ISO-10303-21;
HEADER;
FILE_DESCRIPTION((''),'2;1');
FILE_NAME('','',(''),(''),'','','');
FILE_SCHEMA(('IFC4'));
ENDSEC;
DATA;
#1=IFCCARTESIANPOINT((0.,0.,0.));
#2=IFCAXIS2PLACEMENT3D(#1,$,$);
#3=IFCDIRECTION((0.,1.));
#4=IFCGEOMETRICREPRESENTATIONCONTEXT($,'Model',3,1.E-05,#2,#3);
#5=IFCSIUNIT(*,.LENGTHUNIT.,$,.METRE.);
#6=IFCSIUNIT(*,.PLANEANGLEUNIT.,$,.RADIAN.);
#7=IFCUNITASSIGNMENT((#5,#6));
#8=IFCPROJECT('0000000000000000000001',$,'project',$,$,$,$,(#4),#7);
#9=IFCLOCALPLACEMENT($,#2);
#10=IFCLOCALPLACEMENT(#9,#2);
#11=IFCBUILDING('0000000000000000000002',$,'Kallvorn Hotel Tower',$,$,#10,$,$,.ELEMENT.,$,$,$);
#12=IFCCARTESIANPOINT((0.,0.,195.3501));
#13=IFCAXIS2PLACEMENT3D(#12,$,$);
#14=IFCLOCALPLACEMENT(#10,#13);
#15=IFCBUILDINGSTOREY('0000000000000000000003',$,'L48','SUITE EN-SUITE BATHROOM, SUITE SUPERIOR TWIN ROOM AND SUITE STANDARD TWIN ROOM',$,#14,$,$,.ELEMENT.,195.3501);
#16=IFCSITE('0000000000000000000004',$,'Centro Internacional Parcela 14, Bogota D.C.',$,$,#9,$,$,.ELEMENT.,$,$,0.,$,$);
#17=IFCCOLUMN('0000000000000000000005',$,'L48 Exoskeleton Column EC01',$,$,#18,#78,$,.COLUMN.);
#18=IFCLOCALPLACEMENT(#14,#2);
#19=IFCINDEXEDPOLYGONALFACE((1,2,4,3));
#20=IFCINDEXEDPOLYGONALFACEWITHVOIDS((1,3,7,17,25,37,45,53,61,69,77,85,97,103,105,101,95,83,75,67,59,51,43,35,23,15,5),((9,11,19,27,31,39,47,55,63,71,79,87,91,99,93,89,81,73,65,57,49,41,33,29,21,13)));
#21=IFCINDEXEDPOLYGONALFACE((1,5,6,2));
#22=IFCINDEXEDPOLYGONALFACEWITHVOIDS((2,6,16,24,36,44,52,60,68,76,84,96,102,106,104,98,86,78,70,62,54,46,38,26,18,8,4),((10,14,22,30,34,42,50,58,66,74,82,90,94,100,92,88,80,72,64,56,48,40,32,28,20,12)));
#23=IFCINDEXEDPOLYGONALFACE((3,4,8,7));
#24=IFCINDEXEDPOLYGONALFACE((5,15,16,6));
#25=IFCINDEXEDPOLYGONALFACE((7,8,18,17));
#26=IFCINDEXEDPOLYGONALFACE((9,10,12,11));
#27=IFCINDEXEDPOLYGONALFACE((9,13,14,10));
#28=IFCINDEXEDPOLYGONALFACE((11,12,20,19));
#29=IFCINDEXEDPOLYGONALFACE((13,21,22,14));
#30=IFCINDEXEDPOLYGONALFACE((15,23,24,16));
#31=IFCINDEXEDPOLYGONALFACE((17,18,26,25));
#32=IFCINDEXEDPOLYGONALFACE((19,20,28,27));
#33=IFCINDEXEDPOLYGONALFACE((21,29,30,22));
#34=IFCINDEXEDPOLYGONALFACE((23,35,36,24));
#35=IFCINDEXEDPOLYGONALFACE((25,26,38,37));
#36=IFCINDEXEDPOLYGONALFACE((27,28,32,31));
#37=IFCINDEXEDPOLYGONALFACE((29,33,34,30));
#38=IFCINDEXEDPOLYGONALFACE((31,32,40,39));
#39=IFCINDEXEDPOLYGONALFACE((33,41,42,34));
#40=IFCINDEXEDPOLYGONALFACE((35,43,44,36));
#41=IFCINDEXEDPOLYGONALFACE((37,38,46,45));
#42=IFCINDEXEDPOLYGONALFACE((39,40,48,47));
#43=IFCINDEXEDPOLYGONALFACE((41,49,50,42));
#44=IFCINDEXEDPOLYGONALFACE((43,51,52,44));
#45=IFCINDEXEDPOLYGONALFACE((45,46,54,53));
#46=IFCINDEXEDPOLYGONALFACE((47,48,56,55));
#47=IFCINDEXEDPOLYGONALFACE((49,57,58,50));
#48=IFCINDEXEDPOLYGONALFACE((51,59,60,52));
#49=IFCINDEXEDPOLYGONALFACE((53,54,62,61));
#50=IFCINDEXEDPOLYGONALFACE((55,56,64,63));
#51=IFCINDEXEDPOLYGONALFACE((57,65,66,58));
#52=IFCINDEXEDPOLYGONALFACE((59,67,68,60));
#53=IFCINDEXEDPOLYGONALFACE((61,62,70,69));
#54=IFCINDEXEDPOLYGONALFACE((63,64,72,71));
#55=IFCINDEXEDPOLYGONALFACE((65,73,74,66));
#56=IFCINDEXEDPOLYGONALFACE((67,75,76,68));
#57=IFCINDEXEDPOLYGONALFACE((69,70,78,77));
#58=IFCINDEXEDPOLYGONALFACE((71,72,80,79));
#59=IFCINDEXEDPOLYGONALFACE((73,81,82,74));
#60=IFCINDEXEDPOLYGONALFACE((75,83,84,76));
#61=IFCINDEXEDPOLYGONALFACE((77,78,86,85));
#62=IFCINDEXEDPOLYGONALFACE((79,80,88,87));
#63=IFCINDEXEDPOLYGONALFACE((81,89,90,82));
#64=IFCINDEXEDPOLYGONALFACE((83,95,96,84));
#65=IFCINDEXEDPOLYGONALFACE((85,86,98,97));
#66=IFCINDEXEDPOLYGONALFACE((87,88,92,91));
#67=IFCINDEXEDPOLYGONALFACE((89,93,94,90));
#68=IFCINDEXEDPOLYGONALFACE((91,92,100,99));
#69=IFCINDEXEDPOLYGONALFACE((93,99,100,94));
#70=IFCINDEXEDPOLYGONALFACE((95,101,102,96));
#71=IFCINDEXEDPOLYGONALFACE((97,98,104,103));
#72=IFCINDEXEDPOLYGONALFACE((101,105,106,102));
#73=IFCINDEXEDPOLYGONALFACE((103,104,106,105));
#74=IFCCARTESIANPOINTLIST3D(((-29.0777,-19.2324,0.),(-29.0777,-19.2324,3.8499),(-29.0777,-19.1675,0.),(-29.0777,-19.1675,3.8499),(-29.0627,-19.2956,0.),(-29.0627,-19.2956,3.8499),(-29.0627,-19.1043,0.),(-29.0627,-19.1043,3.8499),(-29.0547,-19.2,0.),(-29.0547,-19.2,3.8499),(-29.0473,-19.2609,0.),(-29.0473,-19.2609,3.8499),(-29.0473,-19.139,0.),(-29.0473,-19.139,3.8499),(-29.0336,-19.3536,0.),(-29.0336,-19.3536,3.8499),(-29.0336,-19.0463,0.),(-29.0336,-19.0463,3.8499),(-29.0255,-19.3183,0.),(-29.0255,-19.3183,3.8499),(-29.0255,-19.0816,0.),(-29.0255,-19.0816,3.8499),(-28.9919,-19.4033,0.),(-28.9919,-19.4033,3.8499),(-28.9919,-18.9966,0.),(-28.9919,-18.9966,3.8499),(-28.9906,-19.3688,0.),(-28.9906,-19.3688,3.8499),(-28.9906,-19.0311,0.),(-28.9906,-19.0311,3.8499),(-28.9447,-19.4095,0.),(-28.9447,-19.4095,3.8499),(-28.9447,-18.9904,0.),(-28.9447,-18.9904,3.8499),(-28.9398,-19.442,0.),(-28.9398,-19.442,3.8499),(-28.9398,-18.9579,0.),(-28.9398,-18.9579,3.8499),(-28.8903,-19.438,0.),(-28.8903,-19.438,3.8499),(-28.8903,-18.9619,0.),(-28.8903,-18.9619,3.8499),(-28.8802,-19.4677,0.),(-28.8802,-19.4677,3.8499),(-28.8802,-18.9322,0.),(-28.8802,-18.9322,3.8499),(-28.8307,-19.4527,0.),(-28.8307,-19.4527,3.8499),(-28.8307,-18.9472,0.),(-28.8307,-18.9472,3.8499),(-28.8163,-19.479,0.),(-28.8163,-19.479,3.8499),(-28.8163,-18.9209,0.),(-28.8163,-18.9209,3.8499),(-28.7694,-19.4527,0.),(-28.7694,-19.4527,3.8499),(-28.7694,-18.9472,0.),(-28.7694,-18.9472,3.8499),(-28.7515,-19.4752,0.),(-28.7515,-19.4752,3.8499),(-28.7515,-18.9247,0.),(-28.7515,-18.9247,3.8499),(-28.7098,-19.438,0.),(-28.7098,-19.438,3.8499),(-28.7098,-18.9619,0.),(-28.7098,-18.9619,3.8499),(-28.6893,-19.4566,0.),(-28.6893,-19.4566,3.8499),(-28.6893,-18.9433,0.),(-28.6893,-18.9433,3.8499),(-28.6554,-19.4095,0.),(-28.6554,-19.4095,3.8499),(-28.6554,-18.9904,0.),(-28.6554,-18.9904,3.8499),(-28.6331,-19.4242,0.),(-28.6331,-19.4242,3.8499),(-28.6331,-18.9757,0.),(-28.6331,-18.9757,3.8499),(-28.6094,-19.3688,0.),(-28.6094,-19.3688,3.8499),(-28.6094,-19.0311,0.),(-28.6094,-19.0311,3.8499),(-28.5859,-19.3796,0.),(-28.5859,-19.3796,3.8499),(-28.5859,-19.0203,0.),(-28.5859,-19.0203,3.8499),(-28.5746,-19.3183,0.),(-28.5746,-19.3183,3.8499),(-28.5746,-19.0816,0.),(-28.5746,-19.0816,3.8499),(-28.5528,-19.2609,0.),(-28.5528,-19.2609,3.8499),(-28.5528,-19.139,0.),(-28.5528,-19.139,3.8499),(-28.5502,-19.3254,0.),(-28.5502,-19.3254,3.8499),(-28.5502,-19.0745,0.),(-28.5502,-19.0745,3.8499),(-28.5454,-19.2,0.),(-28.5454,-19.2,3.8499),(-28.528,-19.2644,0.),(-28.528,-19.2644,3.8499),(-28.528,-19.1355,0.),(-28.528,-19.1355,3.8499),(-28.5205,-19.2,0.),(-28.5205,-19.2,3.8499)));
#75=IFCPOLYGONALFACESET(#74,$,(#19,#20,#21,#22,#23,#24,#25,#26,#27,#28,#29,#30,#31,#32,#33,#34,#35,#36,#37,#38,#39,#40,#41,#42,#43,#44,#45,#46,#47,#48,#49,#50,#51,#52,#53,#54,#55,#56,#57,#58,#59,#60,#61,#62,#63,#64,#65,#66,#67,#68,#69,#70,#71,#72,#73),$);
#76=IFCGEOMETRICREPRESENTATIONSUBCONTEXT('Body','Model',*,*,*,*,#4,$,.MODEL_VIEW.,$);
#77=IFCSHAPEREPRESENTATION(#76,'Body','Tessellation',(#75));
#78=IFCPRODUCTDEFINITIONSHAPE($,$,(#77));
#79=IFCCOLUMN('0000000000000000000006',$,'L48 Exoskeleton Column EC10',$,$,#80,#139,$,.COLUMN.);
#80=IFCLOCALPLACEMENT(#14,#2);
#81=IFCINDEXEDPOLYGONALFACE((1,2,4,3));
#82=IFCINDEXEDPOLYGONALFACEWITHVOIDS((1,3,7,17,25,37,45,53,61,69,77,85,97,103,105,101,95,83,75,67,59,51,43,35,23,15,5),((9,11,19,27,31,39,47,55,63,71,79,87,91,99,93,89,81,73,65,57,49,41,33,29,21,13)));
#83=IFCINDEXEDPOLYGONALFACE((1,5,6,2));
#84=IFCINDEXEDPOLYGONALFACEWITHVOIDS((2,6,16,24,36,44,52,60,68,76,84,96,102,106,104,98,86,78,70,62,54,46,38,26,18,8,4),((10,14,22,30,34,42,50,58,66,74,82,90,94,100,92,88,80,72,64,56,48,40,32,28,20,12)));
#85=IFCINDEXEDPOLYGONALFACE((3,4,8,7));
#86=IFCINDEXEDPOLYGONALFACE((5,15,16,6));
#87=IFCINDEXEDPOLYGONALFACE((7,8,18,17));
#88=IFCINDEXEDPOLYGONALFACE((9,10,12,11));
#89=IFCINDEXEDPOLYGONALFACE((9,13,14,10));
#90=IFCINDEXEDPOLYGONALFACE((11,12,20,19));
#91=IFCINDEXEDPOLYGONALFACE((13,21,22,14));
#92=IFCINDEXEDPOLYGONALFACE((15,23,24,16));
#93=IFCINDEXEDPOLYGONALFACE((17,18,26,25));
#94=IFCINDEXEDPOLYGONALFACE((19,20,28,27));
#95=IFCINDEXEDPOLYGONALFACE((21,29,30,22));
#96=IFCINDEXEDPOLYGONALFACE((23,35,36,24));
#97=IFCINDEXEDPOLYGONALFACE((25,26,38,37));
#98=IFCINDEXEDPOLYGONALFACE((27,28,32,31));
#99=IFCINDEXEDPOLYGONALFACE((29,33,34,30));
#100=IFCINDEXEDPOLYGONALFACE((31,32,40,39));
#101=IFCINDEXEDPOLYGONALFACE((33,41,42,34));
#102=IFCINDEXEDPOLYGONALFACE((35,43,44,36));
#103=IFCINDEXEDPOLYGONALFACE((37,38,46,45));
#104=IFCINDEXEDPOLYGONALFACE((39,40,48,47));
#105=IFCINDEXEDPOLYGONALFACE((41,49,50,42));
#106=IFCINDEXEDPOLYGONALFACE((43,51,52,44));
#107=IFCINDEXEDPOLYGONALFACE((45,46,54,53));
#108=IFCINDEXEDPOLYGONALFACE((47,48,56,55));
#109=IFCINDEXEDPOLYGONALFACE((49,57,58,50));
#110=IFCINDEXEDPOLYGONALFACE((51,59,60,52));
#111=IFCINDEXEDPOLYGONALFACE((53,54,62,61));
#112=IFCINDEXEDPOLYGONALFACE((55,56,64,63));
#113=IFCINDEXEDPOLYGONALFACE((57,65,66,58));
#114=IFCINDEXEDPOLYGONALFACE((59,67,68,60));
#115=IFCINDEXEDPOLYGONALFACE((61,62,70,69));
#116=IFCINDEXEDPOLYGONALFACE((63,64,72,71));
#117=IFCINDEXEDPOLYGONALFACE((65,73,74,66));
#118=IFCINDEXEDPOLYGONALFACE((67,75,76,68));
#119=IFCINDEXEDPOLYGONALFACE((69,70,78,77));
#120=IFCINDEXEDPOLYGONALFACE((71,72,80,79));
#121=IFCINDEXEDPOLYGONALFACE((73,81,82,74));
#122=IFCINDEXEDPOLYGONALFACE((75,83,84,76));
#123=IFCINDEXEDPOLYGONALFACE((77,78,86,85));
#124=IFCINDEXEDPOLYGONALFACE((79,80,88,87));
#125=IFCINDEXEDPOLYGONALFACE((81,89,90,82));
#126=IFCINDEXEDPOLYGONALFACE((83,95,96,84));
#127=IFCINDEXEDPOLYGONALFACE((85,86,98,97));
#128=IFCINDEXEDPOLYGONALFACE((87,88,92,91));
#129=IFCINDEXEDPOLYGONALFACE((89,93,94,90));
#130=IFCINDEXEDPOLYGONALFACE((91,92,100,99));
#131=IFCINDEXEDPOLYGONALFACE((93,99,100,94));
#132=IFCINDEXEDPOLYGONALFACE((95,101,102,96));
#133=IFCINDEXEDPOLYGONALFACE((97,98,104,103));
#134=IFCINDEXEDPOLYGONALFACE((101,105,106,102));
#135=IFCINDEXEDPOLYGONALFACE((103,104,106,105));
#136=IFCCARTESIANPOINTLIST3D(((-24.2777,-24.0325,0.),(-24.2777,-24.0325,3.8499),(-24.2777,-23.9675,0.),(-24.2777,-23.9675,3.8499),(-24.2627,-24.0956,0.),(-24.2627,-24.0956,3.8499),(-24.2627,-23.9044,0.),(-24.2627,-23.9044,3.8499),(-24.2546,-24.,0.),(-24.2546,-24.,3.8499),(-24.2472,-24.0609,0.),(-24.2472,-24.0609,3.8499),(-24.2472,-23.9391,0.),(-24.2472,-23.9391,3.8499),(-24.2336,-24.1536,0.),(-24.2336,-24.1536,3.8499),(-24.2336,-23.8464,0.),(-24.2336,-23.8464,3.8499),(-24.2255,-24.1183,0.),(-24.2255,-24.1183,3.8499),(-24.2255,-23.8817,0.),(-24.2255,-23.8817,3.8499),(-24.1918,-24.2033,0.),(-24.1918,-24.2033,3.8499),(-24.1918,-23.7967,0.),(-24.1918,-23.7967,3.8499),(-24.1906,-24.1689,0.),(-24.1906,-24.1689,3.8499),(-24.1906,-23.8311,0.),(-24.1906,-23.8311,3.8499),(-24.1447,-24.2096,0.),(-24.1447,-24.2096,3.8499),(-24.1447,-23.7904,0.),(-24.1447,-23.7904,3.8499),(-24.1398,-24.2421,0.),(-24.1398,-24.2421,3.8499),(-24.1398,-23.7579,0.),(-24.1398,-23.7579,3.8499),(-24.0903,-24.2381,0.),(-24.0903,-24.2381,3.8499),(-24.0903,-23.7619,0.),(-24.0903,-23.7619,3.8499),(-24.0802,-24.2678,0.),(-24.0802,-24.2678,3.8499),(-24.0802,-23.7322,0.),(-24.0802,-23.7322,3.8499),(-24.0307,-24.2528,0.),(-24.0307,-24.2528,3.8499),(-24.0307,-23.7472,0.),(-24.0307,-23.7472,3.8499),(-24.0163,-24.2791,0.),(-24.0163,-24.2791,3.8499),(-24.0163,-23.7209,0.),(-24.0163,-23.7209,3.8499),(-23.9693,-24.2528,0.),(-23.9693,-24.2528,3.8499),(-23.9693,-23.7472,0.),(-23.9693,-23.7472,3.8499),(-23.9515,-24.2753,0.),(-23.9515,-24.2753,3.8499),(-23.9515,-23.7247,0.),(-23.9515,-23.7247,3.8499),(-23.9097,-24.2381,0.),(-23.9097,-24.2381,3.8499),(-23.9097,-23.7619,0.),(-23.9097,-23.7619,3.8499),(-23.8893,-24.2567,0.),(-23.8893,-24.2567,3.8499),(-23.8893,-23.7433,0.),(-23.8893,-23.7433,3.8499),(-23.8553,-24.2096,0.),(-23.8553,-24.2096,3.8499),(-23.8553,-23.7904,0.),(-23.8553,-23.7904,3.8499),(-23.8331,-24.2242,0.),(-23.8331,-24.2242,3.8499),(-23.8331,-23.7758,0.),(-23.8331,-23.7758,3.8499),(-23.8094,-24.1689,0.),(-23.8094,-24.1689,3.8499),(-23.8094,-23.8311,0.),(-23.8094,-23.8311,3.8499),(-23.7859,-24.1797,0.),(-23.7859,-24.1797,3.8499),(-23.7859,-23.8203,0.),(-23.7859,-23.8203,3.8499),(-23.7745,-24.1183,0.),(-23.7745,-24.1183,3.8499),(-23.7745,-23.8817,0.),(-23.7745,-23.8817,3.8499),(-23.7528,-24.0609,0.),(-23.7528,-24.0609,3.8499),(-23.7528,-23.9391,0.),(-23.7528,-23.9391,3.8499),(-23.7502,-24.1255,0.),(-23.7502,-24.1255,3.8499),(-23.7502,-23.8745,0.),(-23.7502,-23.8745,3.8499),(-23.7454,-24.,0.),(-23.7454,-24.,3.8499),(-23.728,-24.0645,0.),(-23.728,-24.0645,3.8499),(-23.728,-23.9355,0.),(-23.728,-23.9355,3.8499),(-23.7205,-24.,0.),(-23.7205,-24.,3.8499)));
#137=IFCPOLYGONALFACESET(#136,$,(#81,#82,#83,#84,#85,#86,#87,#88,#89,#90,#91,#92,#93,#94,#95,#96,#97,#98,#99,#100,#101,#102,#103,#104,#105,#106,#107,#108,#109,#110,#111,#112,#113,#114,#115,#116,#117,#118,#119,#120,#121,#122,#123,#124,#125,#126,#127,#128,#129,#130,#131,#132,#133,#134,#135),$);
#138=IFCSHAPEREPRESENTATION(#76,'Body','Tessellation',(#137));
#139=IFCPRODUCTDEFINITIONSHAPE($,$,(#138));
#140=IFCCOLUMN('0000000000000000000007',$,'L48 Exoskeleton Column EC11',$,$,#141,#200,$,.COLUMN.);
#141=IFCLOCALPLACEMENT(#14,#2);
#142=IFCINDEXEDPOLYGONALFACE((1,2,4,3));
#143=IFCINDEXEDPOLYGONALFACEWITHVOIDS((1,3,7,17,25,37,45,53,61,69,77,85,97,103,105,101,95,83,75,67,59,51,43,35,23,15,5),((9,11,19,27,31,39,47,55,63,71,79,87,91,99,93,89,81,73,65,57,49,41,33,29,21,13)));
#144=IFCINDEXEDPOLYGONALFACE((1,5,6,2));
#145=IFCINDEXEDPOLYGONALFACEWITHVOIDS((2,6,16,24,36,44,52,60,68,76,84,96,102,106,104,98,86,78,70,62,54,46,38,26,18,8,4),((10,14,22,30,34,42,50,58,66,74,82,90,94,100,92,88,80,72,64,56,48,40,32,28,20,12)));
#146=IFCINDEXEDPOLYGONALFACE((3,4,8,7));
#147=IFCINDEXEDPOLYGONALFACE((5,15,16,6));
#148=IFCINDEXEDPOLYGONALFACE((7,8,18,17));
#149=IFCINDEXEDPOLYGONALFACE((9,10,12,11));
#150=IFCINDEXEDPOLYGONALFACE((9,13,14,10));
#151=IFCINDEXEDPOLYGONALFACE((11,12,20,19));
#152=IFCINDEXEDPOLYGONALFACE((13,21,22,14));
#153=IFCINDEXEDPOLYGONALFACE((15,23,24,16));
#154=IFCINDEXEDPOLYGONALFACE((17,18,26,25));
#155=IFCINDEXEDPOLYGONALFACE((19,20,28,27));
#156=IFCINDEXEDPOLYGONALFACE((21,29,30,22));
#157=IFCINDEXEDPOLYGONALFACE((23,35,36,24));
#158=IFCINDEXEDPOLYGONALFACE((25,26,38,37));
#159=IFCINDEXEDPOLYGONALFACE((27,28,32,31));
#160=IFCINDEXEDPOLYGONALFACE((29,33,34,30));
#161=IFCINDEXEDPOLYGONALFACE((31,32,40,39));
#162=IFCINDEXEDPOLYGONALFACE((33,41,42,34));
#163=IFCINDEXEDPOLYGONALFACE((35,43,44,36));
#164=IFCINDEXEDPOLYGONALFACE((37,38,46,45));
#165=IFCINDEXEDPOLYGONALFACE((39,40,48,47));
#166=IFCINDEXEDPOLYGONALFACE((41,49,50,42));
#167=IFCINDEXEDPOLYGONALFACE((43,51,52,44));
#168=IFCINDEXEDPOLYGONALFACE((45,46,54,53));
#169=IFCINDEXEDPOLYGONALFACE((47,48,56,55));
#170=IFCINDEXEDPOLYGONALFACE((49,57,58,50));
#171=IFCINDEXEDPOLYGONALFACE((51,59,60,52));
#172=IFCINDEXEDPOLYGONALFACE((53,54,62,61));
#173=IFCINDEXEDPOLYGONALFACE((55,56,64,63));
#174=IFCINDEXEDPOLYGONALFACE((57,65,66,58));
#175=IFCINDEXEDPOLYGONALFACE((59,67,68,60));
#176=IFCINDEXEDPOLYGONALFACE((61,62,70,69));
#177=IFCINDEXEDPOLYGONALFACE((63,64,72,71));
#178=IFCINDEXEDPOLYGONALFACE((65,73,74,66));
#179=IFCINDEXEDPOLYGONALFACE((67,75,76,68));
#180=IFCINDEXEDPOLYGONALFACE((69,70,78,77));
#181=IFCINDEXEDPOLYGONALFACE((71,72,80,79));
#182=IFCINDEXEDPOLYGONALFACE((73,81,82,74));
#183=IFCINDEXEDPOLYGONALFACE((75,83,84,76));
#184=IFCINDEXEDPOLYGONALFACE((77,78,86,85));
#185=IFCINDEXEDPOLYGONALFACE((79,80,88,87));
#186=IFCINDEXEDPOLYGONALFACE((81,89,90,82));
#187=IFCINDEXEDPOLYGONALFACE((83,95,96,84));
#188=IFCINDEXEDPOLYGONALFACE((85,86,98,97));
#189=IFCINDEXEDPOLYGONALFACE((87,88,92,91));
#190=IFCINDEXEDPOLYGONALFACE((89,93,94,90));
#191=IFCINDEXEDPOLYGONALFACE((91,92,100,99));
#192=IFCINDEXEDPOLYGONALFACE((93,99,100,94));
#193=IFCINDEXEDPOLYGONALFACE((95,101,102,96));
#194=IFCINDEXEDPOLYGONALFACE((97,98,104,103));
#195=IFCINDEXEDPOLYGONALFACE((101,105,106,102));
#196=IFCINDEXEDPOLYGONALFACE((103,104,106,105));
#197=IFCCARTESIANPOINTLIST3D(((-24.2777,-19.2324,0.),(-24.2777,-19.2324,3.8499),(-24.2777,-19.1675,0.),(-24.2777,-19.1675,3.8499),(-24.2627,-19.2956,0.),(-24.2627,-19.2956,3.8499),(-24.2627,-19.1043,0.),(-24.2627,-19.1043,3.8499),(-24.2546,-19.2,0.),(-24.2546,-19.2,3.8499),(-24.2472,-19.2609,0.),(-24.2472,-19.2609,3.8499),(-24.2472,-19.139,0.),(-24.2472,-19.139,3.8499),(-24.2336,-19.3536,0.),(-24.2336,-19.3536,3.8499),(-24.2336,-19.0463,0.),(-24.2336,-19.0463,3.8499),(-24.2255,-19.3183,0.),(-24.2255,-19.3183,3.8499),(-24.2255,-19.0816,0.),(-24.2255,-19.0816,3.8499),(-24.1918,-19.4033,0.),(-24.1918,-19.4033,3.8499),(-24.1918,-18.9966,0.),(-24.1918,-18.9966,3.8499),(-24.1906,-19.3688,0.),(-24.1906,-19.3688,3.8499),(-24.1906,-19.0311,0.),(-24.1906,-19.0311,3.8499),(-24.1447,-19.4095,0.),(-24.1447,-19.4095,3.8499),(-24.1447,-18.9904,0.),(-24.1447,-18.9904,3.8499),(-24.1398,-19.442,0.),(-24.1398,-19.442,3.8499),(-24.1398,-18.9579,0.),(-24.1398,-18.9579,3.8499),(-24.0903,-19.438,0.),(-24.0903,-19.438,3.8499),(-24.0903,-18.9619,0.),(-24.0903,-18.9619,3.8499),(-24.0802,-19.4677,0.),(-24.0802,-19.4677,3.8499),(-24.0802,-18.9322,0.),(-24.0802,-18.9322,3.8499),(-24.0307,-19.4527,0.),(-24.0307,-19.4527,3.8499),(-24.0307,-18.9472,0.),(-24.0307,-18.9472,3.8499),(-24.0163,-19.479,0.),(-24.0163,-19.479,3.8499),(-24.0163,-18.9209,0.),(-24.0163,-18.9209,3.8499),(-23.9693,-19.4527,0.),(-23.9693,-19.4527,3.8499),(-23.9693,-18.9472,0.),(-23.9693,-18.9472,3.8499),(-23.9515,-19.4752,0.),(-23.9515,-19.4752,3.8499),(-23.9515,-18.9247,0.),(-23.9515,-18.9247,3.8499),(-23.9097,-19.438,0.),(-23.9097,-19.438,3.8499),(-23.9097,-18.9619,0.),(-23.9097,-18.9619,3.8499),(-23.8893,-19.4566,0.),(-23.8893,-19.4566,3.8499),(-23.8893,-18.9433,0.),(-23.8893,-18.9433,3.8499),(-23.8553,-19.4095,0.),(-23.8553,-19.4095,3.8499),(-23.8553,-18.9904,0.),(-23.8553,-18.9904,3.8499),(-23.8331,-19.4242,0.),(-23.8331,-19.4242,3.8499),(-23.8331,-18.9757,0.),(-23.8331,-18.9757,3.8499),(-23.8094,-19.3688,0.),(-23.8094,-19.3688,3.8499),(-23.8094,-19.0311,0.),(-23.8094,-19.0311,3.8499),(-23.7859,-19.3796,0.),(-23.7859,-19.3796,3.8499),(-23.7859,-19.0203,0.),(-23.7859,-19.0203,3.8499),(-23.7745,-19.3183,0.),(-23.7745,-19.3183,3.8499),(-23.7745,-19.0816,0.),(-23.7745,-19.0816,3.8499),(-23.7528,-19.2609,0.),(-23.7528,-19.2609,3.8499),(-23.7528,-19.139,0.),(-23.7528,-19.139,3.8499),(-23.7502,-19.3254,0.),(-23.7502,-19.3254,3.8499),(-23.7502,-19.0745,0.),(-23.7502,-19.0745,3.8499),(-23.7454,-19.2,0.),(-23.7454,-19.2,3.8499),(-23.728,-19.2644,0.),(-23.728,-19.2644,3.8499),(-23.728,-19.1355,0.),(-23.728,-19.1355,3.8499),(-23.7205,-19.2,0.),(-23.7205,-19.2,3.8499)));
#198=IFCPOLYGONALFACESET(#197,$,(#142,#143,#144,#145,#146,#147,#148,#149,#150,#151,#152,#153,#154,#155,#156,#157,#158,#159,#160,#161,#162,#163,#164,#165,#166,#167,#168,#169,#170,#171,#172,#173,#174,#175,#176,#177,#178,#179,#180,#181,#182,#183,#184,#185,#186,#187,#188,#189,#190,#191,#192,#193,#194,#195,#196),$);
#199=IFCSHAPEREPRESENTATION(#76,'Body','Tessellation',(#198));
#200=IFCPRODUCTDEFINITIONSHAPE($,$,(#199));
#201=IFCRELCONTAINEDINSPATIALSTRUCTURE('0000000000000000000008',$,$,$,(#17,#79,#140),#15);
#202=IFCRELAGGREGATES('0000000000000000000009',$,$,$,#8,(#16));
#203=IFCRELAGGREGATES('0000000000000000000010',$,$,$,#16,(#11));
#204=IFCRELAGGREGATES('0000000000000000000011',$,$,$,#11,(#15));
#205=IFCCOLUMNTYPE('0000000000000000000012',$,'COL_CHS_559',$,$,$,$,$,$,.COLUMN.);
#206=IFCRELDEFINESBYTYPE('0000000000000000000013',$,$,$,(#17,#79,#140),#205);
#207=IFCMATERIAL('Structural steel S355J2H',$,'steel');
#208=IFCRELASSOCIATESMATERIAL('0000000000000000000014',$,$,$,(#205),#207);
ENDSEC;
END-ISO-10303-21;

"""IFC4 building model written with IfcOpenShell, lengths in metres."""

from ifc_helpers import new_model, si_unit, direction, frame, origin, origin_2d, place, context, subcontext, project, spatial, hollow_circle, extrude, material, material_profile, profile_set, type_object, element, save


model = new_model("IFC4")

# Units and contexts
model_context = context("Model", 3, precision=1e-05, world=origin(), true_north=direction((0.0, 1.0)))
body_context = subcontext(model_context, "Body", "Model", "MODEL_VIEW")
ifc_project = project(units=[si_unit("LENGTHUNIT", "METRE"), si_unit("PLANEANGLEUNIT", "RADIAN")], contexts=[model_context])

# Site, building, storey
site_placement = place(None, origin())
site = spatial("IfcSite", under=ifc_project, at=site_placement, Name="Centro Internacional Parcela 14, Bogota D.C.", CompositionType="ELEMENT", RefElevation=0.0)
building_placement = place(site_placement, origin())
building = spatial("IfcBuilding", under=site, at=building_placement, Name="Kallvorn Hotel Tower", CompositionType="ELEMENT")
storey_placement = place(building_placement, frame((0.0, 0.0, 195.3501)))
storey = spatial("IfcBuildingStorey", under=building, at=storey_placement, Name="L48", Description="SUITE EN-SUITE BATHROOM, SUITE SUPERIOR TWIN ROOM AND SUITE STANDARD TWIN ROOM", CompositionType="ELEMENT", Elevation=195.3501)

# Columns
ifc_material_1 = material(Name="Structural steel S355J2H", Category="steel")
ifc_material_profile_1 = material_profile(ifc_material_1, hollow_circle(Radius=0.2795, WallThickness=0.0249, at=origin_2d()), Name="CHS 559x25")
ifc_profile_set_1 = profile_set([ifc_material_profile_1], Name="Structural steel S355J2H")
column_type = type_object("IfcColumnType", Name="COL_CHS_559", PredefinedType="COLUMN", material=ifc_profile_set_1)
for number, where, z_axis, x_axis, name in (
    (1, (-28.8, -19.2, 0.0), (0.0, 0.0, 1.0), (1.0, 0.0, 0.0), "L48 Exoskeleton Column EC01"),
    (2, (-24.0, -24.0, 0.0), (0.0, 0.0, 1.0), (1.0, 0.0, 0.0), "L48 Exoskeleton Column EC10"),
    (3, (-24.0, -19.2, 0.0), (0.0, 0.0, 1.0), (1.0, 0.0, 0.0), "L48 Exoskeleton Column EC11"),
):
    element("IfcColumn", number, at=place(storey_placement, frame(where, z_axis=z_axis, x_axis=x_axis)), inside=storey, type_object=column_type, Name=name, PredefinedType="COLUMN", context=body_context, shape_type="SweptSolid", body=[
        extrude(hollow_circle(Radius=0.2795, WallThickness=0.0249, at=origin_2d()), origin(), (0.0, 0.0, 1.0), 3.8499),
    ])

save(model, "model.ifc")
